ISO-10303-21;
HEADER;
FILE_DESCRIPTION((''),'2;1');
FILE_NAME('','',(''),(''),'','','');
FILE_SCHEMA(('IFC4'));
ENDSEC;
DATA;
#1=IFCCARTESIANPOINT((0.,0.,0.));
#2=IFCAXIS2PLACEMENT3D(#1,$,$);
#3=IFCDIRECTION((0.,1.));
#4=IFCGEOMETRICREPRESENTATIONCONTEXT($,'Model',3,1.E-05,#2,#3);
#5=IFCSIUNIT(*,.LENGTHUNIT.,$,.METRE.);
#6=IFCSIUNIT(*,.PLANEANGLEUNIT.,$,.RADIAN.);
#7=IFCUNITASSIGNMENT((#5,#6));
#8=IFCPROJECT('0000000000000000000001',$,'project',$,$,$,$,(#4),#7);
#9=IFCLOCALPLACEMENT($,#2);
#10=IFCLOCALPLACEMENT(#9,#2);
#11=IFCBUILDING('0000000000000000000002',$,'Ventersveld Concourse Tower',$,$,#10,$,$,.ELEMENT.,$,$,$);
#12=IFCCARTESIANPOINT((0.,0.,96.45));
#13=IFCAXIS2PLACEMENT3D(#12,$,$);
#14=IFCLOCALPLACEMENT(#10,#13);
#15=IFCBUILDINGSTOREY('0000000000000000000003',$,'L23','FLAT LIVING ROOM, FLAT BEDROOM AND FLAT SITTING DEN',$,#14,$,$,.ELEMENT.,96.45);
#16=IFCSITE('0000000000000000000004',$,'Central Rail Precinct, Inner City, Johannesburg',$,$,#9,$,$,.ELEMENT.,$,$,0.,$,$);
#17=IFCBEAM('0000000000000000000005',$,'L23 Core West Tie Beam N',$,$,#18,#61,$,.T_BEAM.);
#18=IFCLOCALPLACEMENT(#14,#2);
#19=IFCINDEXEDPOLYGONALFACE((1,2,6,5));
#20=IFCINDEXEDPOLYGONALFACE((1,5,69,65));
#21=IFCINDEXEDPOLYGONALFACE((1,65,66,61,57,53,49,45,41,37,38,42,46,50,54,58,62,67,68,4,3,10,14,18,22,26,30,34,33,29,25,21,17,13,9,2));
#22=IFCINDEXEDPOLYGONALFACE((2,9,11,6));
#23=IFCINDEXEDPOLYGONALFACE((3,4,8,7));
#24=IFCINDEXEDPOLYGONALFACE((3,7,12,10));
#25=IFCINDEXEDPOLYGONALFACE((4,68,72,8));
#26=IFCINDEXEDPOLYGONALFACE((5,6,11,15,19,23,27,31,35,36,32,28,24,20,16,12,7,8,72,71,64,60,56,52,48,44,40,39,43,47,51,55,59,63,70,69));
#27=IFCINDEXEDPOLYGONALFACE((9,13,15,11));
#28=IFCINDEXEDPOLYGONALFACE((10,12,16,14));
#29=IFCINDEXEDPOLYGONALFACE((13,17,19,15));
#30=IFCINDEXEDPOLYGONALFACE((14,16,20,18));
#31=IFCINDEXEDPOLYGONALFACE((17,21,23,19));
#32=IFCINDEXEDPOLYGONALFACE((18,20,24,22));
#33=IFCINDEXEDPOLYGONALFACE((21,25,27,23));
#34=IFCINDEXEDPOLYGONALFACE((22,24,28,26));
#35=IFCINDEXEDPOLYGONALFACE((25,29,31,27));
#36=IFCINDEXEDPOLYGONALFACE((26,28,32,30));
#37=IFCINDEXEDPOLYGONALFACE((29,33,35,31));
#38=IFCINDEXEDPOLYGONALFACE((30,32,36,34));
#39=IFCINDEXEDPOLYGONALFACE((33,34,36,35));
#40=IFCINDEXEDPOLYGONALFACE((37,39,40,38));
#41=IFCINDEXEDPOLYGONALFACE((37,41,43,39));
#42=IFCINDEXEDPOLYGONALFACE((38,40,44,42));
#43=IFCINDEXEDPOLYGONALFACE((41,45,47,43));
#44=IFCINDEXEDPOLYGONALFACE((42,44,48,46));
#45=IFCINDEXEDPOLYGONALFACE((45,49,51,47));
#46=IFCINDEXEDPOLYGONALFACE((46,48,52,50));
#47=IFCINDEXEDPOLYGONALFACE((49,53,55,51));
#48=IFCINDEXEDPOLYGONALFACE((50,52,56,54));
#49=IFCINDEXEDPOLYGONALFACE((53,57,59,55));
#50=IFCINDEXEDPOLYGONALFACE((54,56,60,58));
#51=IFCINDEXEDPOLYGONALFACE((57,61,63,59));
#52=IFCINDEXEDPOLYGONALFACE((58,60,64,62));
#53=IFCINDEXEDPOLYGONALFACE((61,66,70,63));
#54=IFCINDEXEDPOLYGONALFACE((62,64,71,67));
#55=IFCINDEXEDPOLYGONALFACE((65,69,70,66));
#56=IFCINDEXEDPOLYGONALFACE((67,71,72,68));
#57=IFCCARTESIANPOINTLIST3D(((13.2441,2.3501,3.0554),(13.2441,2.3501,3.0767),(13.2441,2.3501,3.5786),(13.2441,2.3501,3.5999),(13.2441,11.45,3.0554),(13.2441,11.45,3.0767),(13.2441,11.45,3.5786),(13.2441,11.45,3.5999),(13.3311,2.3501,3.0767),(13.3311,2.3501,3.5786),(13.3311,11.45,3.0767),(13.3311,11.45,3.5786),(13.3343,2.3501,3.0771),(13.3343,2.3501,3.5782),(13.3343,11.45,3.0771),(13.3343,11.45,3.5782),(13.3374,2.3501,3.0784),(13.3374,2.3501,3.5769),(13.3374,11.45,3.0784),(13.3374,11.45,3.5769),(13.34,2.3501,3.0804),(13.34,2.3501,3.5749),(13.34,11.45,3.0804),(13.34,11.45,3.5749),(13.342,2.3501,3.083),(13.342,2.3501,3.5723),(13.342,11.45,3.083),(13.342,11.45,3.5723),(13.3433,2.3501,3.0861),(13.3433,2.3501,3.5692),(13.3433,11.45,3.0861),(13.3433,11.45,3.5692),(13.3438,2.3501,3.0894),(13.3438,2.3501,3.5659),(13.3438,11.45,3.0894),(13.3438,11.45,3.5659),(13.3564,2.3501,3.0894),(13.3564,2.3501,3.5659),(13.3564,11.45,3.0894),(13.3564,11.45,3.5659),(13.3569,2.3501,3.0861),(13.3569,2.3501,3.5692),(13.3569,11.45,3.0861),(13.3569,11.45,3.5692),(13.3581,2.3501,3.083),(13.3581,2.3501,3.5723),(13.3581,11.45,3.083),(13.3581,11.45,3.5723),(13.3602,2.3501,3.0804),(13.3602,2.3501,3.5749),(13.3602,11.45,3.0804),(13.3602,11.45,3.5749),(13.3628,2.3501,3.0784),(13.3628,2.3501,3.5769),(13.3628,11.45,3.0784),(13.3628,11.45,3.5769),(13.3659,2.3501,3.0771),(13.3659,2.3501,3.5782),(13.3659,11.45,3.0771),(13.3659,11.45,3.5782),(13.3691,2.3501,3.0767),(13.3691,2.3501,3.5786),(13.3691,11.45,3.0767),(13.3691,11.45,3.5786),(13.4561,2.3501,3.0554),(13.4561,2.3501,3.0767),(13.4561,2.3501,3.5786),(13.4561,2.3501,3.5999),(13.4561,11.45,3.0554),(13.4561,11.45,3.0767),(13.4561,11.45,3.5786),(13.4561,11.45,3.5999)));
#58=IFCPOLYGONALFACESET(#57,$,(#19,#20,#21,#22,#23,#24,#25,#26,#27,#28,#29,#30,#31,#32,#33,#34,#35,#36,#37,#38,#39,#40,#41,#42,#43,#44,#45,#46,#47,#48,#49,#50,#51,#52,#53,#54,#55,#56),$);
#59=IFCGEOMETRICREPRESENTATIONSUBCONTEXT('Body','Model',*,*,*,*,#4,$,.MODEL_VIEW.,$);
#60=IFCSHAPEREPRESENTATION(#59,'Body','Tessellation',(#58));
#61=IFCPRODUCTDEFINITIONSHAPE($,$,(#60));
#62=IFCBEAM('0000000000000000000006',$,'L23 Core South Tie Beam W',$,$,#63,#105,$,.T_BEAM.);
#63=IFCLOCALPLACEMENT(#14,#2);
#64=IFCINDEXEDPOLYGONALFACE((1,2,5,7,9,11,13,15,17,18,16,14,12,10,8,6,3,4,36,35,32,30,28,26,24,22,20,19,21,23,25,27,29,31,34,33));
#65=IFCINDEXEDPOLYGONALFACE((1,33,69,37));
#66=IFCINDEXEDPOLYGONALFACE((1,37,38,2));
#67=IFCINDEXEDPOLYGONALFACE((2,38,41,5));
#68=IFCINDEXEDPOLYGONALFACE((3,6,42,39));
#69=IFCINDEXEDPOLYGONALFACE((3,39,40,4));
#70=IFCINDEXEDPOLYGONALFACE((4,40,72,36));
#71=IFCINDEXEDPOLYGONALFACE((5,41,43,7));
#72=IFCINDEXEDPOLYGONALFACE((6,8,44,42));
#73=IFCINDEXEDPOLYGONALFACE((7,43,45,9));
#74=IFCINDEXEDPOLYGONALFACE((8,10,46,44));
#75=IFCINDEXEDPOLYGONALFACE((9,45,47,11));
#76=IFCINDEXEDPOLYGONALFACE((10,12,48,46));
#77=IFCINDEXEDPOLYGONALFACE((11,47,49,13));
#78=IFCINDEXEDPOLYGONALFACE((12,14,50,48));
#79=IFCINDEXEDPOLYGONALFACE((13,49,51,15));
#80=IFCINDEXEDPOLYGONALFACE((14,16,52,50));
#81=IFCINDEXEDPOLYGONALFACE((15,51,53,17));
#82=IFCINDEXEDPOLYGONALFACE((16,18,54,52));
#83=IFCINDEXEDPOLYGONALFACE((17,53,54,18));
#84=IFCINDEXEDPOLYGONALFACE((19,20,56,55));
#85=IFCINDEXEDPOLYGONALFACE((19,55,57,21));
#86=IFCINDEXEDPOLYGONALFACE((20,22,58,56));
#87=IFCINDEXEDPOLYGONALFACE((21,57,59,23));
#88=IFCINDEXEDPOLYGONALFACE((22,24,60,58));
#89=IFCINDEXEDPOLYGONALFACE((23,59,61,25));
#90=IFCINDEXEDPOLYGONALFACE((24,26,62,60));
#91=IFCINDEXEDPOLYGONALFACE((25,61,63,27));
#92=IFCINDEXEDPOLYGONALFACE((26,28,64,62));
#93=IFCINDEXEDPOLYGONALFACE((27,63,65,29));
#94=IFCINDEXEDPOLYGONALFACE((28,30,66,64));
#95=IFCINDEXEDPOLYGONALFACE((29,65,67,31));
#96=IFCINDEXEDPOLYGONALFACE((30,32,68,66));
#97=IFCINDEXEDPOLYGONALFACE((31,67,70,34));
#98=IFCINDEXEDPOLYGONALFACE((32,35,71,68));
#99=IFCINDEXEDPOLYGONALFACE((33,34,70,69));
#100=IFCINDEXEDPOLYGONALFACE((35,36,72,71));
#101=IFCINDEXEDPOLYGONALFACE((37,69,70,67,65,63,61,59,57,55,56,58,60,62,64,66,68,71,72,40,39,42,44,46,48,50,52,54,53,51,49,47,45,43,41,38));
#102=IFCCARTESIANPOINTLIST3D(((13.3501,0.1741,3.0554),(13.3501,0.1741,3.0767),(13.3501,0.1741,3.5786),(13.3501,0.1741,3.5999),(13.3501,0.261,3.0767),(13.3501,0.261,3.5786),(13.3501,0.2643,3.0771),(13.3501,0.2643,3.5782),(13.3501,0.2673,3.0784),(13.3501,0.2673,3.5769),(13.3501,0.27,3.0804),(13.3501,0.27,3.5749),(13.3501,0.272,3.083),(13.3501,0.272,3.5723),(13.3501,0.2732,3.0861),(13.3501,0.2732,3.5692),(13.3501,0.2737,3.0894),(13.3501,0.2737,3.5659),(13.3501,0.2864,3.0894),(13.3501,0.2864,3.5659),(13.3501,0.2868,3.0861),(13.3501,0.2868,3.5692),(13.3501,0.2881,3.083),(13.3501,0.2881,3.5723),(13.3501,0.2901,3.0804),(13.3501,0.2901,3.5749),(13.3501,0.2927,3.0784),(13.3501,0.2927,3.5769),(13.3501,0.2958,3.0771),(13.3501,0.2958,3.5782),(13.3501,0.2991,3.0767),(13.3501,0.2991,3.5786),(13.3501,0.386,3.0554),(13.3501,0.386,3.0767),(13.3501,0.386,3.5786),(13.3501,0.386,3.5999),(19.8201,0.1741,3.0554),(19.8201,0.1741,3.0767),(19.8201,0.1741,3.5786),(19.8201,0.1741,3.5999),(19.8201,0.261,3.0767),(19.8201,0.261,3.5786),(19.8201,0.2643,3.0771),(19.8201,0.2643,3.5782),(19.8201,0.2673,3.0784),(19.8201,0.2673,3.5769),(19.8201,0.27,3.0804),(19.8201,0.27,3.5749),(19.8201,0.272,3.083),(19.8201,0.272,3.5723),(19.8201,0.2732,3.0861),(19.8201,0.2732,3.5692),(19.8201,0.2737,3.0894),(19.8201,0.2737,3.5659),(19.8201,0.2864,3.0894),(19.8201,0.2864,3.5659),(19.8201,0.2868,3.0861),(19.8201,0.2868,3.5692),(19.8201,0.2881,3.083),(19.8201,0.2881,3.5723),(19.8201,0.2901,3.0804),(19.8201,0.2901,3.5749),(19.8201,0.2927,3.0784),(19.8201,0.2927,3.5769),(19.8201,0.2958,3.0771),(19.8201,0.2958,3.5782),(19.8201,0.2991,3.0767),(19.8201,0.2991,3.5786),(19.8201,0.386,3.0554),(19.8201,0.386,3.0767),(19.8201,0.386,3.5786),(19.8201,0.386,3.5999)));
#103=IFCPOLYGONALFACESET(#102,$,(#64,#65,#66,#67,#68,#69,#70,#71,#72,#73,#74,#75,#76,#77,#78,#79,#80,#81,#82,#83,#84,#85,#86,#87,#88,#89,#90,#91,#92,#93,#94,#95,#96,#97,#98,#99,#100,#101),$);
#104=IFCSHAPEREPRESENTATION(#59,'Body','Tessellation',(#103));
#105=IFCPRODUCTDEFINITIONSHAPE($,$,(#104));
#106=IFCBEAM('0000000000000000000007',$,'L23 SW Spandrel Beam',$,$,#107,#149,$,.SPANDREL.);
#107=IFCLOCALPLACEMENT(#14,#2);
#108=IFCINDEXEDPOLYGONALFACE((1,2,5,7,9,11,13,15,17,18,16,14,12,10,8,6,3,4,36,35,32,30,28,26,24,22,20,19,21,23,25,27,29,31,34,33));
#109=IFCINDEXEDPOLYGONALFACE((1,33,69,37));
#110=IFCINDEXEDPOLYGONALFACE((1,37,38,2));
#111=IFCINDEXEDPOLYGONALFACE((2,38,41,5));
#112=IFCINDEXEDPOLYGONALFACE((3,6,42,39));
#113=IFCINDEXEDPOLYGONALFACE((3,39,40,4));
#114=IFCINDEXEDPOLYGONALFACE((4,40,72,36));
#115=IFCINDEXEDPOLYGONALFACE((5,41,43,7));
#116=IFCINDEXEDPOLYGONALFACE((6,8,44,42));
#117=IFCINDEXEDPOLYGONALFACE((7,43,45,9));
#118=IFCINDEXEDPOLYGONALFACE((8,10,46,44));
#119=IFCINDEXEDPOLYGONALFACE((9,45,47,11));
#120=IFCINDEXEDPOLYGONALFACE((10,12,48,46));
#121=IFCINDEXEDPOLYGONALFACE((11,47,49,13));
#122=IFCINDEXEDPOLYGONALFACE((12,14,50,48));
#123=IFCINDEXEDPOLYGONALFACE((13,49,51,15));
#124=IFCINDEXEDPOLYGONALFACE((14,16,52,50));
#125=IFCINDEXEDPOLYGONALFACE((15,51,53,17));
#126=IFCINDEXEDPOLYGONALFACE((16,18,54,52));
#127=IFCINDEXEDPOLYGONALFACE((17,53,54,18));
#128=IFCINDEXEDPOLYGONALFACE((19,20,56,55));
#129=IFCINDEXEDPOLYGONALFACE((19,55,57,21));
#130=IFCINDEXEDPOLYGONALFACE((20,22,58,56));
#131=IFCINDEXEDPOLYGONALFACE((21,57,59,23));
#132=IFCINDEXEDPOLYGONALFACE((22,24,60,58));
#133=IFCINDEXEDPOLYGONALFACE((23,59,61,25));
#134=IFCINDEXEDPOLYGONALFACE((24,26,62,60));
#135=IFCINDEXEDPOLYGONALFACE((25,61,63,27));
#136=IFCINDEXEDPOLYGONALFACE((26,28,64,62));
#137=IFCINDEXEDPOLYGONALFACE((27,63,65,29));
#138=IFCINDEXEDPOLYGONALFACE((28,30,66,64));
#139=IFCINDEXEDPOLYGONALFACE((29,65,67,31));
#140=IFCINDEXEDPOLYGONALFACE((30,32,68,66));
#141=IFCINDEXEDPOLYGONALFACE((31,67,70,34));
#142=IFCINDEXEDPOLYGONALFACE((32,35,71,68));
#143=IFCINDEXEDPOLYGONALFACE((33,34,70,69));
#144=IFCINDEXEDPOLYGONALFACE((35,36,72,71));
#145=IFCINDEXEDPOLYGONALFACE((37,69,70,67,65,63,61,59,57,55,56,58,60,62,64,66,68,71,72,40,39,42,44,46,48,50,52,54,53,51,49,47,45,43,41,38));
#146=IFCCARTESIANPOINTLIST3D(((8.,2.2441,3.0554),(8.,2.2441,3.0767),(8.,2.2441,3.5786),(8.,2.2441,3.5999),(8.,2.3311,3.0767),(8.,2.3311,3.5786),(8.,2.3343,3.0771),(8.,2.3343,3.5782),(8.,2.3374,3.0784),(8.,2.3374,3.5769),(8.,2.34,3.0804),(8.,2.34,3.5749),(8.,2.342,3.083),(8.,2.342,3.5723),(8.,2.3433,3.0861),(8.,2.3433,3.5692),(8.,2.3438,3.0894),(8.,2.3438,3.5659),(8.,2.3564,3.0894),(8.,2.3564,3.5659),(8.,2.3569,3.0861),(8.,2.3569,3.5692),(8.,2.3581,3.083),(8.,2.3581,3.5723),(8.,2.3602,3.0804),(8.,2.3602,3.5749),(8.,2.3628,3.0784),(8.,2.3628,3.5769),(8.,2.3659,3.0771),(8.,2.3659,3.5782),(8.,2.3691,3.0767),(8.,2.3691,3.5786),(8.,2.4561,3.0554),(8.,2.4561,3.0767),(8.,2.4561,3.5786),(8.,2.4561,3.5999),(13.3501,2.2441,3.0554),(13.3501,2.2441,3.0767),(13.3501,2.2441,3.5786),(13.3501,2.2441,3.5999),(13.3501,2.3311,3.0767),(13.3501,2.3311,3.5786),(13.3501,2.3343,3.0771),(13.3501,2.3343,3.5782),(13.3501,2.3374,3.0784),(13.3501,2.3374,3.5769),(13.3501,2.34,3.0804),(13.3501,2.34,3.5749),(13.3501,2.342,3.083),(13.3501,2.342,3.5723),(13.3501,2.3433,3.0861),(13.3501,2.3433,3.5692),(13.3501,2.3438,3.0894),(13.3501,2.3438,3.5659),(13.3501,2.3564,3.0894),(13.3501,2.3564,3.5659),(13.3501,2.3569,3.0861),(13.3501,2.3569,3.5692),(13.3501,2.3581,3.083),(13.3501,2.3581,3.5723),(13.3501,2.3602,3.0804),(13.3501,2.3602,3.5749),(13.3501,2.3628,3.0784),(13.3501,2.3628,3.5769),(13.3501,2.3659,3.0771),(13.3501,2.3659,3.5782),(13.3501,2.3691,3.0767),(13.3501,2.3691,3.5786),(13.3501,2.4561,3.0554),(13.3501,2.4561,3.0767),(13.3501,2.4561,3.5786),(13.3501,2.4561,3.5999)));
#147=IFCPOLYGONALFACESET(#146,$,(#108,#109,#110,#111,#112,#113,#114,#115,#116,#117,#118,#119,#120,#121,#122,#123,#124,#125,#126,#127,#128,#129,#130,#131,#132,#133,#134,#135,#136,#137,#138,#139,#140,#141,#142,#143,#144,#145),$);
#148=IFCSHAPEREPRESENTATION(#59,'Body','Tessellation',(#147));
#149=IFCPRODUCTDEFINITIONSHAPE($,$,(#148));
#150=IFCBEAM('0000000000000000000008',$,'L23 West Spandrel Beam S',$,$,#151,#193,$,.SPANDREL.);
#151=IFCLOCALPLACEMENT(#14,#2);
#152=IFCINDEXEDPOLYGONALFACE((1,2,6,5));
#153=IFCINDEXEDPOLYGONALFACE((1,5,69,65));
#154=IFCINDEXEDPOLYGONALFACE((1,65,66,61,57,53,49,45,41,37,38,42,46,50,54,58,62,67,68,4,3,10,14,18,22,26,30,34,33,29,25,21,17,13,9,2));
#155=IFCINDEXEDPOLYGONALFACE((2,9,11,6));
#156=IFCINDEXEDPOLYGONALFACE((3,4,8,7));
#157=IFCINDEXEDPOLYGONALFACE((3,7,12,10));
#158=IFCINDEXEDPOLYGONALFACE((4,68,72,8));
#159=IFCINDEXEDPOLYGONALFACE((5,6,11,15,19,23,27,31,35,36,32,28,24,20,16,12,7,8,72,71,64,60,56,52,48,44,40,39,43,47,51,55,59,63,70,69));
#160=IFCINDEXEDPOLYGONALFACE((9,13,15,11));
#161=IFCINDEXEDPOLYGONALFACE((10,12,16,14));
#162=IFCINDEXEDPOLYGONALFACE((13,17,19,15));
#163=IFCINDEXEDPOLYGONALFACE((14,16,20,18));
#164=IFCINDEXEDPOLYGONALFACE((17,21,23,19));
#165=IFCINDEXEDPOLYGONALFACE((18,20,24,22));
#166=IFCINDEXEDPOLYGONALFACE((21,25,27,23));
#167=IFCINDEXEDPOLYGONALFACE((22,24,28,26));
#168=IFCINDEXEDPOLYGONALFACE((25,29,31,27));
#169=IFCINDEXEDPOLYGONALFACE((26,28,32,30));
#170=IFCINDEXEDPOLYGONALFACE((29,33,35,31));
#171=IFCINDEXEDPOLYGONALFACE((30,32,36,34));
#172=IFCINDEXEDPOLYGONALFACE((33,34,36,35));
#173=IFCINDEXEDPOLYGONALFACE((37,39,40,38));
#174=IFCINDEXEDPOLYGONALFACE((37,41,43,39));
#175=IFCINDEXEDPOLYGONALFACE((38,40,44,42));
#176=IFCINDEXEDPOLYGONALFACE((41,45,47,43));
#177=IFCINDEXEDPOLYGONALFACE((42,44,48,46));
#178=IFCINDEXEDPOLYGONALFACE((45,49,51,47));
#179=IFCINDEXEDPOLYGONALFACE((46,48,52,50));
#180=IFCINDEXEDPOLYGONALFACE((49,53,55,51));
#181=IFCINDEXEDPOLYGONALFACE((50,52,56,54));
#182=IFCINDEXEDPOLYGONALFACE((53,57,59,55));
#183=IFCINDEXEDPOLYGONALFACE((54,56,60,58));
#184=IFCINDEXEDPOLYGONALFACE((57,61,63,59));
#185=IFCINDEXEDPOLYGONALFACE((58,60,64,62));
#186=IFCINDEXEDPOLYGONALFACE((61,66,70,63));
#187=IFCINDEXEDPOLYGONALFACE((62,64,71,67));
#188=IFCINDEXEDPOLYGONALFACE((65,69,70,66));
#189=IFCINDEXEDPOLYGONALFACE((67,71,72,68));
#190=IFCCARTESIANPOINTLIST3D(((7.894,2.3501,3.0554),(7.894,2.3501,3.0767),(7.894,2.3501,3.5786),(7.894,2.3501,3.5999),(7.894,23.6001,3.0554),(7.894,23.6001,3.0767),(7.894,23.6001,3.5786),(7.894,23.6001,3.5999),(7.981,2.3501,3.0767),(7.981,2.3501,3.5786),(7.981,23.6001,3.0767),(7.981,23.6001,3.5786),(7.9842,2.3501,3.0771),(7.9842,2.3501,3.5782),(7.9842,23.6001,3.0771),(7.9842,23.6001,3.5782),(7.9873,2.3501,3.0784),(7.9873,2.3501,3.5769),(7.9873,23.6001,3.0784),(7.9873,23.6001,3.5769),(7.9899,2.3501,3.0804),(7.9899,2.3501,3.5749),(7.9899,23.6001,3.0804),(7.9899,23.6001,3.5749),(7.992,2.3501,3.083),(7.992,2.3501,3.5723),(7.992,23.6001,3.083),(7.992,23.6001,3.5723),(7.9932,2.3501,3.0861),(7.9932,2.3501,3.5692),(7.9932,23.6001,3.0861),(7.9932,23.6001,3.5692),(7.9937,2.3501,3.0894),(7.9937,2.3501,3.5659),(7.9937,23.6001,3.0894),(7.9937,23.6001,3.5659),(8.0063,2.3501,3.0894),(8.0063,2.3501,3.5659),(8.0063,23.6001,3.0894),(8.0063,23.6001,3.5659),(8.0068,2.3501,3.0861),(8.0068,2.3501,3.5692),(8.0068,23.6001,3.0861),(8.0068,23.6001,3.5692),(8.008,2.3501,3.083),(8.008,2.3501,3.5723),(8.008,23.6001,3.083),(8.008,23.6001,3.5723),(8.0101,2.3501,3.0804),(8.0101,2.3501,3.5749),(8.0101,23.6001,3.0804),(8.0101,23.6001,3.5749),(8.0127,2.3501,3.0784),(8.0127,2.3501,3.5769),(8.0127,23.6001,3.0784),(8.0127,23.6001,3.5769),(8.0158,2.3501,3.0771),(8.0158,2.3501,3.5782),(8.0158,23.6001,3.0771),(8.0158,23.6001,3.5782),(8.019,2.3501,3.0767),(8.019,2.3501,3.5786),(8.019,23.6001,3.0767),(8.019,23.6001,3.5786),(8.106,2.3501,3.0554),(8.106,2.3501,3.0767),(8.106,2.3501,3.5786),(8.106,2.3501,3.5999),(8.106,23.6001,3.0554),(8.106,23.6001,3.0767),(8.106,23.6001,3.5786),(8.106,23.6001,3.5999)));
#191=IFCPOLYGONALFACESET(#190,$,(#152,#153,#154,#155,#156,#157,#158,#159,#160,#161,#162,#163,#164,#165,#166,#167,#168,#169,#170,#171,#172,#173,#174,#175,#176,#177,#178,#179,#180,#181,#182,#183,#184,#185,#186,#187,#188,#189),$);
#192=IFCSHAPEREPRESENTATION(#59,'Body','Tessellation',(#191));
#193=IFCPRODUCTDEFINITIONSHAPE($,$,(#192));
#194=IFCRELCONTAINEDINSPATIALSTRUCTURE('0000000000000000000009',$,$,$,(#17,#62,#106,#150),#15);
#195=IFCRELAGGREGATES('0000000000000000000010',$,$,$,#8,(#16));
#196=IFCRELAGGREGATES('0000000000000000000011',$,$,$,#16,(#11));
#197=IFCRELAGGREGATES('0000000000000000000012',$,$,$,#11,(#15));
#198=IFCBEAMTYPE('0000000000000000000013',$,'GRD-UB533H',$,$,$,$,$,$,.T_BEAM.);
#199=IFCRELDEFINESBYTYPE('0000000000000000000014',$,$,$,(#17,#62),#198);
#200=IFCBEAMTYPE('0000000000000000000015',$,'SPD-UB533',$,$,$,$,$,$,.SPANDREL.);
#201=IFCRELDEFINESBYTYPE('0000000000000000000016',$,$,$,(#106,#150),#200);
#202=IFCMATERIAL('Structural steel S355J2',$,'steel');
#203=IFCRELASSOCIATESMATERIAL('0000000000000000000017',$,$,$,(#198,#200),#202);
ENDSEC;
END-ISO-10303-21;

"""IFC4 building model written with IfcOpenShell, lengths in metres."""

from ifc_helpers import new_model, si_unit, direction, frame, origin, origin_2d, place, context, subcontext, project, spatial, i_section, extrude, material, material_profile, profile_set, type_object, element, save


model = new_model("IFC4")

# Units and contexts
model_context = context("Model", 3, precision=1e-05, world=origin(), true_north=direction((0.0, 1.0)))
body_context = subcontext(model_context, "Body", "Model", "MODEL_VIEW")
ifc_project = project(units=[si_unit("LENGTHUNIT", "METRE"), si_unit("PLANEANGLEUNIT", "RADIAN")], contexts=[model_context])

# Site, building, storey
site_placement = place(None, origin())
site = spatial("IfcSite", under=ifc_project, at=site_placement, Name="Central Rail Precinct, Inner City, Johannesburg", CompositionType="ELEMENT", RefElevation=0.0)
building_placement = place(site_placement, origin())
building = spatial("IfcBuilding", under=site, at=building_placement, Name="Ventersveld Concourse Tower", CompositionType="ELEMENT")
storey_placement = place(building_placement, frame((0.0, 0.0, 96.45)))
storey = spatial("IfcBuildingStorey", under=building, at=storey_placement, Name="L23", Description="FLAT LIVING ROOM, FLAT BEDROOM AND FLAT SITTING DEN", CompositionType="ELEMENT", Elevation=96.45)

# Beams
ifc_material_1 = material(Name="Structural steel S355J2", Category="steel")
ifc_material_profile_1 = material_profile(ifc_material_1, i_section(OverallWidth=0.2119, OverallDepth=0.5444, WebThickness=0.0127, FlangeThickness=0.0212, FilletRadius=0.0127, at=origin_2d()), Name="UB 533x210x122")
ifc_profile_set_1 = profile_set([ifc_material_profile_1], Name="Structural steel S355J2")
beam_type_1 = type_object("IfcBeamType", Name="GRD-UB533H", PredefinedType="T_BEAM", material=ifc_profile_set_1)
beam_1_placement = place(storey_placement, frame((13.3501, 2.3501, 3.3276), z_axis=(0.0, 1.0, 0.0), x_axis=(-1.0, 0.0, 0.0)))
element("IfcBeam", 1, at=beam_1_placement, inside=storey, type_object=beam_type_1, Name="L23 Core West Tie Beam N", PredefinedType="T_BEAM", context=body_context, shape_type="SweptSolid", body=[
    extrude(i_section(OverallWidth=0.2119, OverallDepth=0.5444, WebThickness=0.0127, FlangeThickness=0.0212, FilletRadius=0.0127, at=origin_2d()), origin(), (0.0, 0.0, 1.0), 9.0999),
])
beam_2_placement = place(storey_placement, frame((13.3501, 0.28, 3.3276), z_axis=(1.0, 0.0, 0.0), x_axis=(0.0, 1.0, 0.0)))
element("IfcBeam", 2, at=beam_2_placement, inside=storey, type_object=beam_type_1, Name="L23 Core South Tie Beam W", PredefinedType="T_BEAM", context=body_context, shape_type="SweptSolid", body=[
    extrude(i_section(OverallWidth=0.2119, OverallDepth=0.5444, WebThickness=0.0127, FlangeThickness=0.0212, FilletRadius=0.0127, at=origin_2d()), origin(), (0.0, 0.0, 1.0), 6.47),
])
ifc_material_profile_2 = material_profile(ifc_material_1, i_section(OverallWidth=0.2119, OverallDepth=0.5444, WebThickness=0.0127, FlangeThickness=0.0212, FilletRadius=0.0127, at=origin_2d()), Name="UB 533x210x122")
ifc_profile_set_2 = profile_set([ifc_material_profile_2], Name="Structural steel S355J2")
beam_type_2 = type_object("IfcBeamType", Name="SPD-UB533", PredefinedType="SPANDREL", material=ifc_profile_set_2)
beam_3_placement = place(storey_placement, frame((8.0, 2.3501, 3.3276), z_axis=(1.0, 0.0, 0.0), x_axis=(0.0, 1.0, 0.0)))
element("IfcBeam", 3, at=beam_3_placement, inside=storey, type_object=beam_type_2, Name="L23 SW Spandrel Beam", PredefinedType="SPANDREL", context=body_context, shape_type="SweptSolid", body=[
    extrude(i_section(OverallWidth=0.2119, OverallDepth=0.5444, WebThickness=0.0127, FlangeThickness=0.0212, FilletRadius=0.0127, at=origin_2d()), origin(), (0.0, 0.0, 1.0), 5.3501),
])
beam_4_placement = place(storey_placement, frame((8.0, 2.3501, 3.3276), z_axis=(0.0, 1.0, 0.0), x_axis=(-1.0, 0.0, 0.0)))
element("IfcBeam", 4, at=beam_4_placement, inside=storey, type_object=beam_type_2, Name="L23 West Spandrel Beam S", PredefinedType="SPANDREL", context=body_context, shape_type="SweptSolid", body=[
    extrude(i_section(OverallWidth=0.2119, OverallDepth=0.5444, WebThickness=0.0127, FlangeThickness=0.0212, FilletRadius=0.0127, at=origin_2d()), origin(), (0.0, 0.0, 1.0), 21.25),
])

save(model, "model.ifc")
